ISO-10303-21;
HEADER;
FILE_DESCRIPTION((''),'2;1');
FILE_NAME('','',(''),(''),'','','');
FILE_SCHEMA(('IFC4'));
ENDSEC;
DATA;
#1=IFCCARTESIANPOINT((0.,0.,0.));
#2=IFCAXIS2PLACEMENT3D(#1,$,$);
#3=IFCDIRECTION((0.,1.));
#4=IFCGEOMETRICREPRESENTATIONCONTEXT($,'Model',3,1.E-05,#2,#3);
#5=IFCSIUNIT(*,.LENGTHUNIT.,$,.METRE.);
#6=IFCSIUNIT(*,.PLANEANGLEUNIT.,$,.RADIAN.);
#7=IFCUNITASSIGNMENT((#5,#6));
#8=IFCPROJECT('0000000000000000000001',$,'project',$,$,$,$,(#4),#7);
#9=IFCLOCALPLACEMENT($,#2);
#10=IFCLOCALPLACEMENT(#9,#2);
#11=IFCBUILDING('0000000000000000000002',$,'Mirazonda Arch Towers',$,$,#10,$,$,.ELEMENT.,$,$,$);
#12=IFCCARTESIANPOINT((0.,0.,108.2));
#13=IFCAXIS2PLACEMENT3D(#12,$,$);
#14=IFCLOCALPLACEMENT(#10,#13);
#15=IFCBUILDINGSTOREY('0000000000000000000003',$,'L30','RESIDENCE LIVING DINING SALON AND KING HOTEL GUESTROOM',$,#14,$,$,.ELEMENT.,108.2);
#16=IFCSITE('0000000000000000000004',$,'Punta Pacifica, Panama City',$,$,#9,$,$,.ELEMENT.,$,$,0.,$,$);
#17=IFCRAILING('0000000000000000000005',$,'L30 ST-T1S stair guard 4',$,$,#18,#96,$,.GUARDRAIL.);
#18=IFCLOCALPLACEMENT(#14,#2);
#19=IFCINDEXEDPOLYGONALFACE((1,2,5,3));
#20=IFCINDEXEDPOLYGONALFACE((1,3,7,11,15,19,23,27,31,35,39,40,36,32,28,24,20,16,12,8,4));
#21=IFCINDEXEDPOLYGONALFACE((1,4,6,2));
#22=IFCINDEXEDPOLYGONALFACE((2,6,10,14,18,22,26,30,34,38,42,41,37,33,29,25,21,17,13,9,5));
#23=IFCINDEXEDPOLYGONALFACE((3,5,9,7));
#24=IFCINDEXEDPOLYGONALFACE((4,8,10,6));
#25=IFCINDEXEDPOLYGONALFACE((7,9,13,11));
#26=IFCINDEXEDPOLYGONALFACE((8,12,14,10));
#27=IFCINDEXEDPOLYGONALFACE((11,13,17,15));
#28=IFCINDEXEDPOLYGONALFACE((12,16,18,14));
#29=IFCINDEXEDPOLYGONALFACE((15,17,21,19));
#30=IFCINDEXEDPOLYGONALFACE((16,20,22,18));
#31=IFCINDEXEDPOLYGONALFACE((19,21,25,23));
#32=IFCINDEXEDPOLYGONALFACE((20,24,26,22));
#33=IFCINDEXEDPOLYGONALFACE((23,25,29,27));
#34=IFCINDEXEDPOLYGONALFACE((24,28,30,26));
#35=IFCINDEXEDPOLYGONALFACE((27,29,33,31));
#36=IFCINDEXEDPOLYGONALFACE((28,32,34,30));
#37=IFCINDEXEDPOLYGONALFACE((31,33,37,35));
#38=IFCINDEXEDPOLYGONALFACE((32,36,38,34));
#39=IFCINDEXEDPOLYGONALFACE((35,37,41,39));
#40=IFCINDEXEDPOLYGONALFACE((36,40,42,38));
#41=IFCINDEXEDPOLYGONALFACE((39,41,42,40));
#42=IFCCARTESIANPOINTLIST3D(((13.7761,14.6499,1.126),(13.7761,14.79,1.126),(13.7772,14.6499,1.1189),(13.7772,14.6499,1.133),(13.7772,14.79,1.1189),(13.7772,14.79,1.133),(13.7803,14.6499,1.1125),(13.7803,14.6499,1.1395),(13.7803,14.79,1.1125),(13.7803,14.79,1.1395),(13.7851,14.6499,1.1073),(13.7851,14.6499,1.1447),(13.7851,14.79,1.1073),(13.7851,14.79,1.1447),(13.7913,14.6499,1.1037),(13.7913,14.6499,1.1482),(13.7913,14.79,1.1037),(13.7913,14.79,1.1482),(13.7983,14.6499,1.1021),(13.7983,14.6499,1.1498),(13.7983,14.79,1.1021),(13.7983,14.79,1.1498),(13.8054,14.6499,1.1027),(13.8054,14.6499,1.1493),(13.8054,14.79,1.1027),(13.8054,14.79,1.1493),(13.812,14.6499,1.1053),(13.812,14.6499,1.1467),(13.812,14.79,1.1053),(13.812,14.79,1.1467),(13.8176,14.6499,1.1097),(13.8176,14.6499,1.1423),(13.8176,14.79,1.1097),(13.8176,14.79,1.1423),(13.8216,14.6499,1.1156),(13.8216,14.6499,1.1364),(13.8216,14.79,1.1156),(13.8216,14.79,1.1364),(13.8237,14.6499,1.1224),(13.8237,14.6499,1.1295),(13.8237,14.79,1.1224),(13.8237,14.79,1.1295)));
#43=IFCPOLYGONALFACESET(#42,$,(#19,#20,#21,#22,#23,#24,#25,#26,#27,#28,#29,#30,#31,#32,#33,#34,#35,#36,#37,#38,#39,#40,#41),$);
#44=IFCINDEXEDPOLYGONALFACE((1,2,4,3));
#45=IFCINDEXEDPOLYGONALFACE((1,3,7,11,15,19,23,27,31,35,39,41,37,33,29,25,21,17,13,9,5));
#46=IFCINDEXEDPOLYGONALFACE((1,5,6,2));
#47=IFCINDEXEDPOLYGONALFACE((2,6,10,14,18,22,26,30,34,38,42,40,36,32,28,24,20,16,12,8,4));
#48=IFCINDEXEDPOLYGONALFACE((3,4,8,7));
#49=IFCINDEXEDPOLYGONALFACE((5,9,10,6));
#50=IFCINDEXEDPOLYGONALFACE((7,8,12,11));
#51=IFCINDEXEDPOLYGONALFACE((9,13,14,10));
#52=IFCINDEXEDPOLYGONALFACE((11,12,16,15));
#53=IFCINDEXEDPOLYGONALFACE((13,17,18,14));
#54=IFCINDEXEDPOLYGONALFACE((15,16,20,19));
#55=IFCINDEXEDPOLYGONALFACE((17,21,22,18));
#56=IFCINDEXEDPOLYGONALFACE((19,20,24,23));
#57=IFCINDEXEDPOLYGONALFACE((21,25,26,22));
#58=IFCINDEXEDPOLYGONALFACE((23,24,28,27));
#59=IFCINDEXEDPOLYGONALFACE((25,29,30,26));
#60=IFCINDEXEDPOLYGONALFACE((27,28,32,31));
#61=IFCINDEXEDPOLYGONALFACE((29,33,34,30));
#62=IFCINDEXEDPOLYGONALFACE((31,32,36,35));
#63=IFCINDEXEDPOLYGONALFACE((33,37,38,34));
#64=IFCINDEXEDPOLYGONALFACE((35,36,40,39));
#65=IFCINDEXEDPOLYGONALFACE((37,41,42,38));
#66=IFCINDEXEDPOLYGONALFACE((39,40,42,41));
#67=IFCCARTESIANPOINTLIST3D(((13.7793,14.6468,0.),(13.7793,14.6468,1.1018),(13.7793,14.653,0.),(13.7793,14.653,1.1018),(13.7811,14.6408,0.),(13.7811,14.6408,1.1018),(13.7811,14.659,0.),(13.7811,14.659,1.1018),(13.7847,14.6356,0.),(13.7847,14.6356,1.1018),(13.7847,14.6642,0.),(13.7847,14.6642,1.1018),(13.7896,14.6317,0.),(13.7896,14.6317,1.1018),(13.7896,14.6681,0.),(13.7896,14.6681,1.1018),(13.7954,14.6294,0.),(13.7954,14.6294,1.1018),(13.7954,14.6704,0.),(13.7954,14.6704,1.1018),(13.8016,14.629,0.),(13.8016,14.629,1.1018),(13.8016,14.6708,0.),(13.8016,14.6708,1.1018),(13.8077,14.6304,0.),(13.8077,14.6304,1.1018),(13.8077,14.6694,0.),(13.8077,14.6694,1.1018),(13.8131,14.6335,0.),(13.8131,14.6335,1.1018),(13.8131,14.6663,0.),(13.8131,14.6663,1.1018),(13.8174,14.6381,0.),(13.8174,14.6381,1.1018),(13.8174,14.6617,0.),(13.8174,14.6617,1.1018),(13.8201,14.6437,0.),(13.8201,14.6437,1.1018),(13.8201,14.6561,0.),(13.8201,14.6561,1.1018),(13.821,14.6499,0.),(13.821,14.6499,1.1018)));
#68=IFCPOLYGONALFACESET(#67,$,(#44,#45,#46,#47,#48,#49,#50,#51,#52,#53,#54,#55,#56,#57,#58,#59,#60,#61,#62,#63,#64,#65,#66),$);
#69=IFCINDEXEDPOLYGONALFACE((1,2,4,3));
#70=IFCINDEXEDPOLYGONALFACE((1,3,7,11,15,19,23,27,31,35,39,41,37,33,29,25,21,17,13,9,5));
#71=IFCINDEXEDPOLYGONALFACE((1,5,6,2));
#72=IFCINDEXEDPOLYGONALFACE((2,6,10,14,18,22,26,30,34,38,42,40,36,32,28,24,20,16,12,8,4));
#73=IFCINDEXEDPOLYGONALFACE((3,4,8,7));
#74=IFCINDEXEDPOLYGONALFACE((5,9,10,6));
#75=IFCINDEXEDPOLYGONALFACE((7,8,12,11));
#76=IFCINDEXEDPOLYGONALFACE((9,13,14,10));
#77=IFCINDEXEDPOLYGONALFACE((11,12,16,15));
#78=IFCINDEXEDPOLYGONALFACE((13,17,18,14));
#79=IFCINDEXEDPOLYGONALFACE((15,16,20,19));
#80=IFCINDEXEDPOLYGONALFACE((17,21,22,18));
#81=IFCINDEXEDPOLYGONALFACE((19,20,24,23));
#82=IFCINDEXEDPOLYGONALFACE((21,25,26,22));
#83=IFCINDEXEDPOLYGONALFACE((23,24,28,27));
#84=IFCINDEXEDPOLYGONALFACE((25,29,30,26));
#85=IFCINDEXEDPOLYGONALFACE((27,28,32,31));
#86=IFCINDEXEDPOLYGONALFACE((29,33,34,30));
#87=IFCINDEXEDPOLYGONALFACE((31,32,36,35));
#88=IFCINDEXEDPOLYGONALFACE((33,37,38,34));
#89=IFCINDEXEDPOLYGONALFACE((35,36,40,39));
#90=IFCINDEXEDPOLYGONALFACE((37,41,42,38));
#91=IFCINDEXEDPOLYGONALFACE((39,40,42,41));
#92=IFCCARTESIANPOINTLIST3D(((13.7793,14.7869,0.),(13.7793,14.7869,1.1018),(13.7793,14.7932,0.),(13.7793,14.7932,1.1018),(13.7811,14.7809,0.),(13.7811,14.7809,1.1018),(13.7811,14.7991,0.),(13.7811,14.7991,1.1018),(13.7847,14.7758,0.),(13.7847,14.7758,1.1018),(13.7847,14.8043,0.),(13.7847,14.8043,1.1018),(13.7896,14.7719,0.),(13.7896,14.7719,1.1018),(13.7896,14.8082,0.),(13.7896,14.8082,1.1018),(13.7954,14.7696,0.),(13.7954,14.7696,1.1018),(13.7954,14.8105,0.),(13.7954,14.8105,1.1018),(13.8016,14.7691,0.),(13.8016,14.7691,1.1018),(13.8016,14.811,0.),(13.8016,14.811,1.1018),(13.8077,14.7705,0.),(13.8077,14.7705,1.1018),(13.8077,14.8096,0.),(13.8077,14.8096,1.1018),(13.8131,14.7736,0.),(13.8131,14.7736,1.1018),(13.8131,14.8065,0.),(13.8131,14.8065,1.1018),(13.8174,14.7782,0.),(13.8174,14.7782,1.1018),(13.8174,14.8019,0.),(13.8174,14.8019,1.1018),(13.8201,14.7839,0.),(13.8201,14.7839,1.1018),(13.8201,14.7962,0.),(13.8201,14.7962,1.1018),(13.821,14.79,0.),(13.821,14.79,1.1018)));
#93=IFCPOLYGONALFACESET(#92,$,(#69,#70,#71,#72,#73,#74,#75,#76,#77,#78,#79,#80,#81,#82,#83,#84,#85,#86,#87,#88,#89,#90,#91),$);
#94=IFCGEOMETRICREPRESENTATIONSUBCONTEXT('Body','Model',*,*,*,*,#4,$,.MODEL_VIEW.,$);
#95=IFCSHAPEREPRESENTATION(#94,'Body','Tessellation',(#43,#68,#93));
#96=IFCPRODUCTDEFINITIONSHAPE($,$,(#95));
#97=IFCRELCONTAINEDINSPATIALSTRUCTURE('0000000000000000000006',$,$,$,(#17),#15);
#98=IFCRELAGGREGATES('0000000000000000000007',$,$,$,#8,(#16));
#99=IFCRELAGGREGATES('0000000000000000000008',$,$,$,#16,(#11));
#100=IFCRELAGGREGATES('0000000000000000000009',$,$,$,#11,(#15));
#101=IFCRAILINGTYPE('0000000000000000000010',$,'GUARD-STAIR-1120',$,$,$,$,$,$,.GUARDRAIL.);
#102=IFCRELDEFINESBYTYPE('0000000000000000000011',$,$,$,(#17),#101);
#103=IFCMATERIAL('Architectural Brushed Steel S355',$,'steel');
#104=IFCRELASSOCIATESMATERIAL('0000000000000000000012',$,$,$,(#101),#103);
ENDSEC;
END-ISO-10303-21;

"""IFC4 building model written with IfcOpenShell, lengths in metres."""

from ifc_helpers import new_model, si_unit, direction, frame, origin, origin_2d, place, context, subcontext, project, spatial, circle, extrude, material, type_object, element, save


model = new_model("IFC4")

# Units and contexts
model_context = context("Model", 3, precision=1e-05, world=origin(), true_north=direction((0.0, 1.0)))
body_context = subcontext(model_context, "Body", "Model", "MODEL_VIEW")
ifc_project = project(units=[si_unit("LENGTHUNIT", "METRE"), si_unit("PLANEANGLEUNIT", "RADIAN")], contexts=[model_context])

# Site, building, storey
site_placement = place(None, origin())
site = spatial("IfcSite", under=ifc_project, at=site_placement, Name="Punta Pacifica, Panama City", CompositionType="ELEMENT", RefElevation=0.0)
building_placement = place(site_placement, origin())
building = spatial("IfcBuilding", under=site, at=building_placement, Name="Mirazonda Arch Towers", CompositionType="ELEMENT")
storey_placement = place(building_placement, frame((0.0, 0.0, 108.2)))
storey = spatial("IfcBuildingStorey", under=building, at=storey_placement, Name="L30", Description="RESIDENCE LIVING DINING SALON AND KING HOTEL GUESTROOM", CompositionType="ELEMENT", Elevation=108.2)

# Shared definitions
ifc_material_1 = material(Name="Architectural Brushed Steel S355", Category="steel")

# Railing
railing_type_1 = type_object("IfcRailingType", Name="GUARD-STAIR-1120", PredefinedType="GUARDRAIL", material=ifc_material_1)
railing_1_placement = place(storey_placement, frame((13.8, 14.6499, 0.0)))
element("IfcRailing", 1, at=railing_1_placement, inside=storey, type_object=railing_type_1, Name="L30 ST-T1S stair guard 4", PredefinedType="GUARDRAIL", context=body_context, shape_type="SweptSolid", body=[
    extrude(circle(Radius=0.0239, at=origin_2d()), frame((0.0, 0.0, 1.126), z_axis=(0.0, 1.0, 0.0), x_axis=(-1.0, 0.0, 0.0)), (0.0, 0.0, 1.0), 0.1401),
    extrude(circle(Radius=0.021, at=origin_2d()), origin(), (0.0, 0.0, 1.0), 1.1018),
    extrude(circle(Radius=0.021, at=origin_2d()), frame((0.0, 0.1401, 0.0)), (0.0, 0.0, 1.0), 1.1018),
])

save(model, "model.ifc")
